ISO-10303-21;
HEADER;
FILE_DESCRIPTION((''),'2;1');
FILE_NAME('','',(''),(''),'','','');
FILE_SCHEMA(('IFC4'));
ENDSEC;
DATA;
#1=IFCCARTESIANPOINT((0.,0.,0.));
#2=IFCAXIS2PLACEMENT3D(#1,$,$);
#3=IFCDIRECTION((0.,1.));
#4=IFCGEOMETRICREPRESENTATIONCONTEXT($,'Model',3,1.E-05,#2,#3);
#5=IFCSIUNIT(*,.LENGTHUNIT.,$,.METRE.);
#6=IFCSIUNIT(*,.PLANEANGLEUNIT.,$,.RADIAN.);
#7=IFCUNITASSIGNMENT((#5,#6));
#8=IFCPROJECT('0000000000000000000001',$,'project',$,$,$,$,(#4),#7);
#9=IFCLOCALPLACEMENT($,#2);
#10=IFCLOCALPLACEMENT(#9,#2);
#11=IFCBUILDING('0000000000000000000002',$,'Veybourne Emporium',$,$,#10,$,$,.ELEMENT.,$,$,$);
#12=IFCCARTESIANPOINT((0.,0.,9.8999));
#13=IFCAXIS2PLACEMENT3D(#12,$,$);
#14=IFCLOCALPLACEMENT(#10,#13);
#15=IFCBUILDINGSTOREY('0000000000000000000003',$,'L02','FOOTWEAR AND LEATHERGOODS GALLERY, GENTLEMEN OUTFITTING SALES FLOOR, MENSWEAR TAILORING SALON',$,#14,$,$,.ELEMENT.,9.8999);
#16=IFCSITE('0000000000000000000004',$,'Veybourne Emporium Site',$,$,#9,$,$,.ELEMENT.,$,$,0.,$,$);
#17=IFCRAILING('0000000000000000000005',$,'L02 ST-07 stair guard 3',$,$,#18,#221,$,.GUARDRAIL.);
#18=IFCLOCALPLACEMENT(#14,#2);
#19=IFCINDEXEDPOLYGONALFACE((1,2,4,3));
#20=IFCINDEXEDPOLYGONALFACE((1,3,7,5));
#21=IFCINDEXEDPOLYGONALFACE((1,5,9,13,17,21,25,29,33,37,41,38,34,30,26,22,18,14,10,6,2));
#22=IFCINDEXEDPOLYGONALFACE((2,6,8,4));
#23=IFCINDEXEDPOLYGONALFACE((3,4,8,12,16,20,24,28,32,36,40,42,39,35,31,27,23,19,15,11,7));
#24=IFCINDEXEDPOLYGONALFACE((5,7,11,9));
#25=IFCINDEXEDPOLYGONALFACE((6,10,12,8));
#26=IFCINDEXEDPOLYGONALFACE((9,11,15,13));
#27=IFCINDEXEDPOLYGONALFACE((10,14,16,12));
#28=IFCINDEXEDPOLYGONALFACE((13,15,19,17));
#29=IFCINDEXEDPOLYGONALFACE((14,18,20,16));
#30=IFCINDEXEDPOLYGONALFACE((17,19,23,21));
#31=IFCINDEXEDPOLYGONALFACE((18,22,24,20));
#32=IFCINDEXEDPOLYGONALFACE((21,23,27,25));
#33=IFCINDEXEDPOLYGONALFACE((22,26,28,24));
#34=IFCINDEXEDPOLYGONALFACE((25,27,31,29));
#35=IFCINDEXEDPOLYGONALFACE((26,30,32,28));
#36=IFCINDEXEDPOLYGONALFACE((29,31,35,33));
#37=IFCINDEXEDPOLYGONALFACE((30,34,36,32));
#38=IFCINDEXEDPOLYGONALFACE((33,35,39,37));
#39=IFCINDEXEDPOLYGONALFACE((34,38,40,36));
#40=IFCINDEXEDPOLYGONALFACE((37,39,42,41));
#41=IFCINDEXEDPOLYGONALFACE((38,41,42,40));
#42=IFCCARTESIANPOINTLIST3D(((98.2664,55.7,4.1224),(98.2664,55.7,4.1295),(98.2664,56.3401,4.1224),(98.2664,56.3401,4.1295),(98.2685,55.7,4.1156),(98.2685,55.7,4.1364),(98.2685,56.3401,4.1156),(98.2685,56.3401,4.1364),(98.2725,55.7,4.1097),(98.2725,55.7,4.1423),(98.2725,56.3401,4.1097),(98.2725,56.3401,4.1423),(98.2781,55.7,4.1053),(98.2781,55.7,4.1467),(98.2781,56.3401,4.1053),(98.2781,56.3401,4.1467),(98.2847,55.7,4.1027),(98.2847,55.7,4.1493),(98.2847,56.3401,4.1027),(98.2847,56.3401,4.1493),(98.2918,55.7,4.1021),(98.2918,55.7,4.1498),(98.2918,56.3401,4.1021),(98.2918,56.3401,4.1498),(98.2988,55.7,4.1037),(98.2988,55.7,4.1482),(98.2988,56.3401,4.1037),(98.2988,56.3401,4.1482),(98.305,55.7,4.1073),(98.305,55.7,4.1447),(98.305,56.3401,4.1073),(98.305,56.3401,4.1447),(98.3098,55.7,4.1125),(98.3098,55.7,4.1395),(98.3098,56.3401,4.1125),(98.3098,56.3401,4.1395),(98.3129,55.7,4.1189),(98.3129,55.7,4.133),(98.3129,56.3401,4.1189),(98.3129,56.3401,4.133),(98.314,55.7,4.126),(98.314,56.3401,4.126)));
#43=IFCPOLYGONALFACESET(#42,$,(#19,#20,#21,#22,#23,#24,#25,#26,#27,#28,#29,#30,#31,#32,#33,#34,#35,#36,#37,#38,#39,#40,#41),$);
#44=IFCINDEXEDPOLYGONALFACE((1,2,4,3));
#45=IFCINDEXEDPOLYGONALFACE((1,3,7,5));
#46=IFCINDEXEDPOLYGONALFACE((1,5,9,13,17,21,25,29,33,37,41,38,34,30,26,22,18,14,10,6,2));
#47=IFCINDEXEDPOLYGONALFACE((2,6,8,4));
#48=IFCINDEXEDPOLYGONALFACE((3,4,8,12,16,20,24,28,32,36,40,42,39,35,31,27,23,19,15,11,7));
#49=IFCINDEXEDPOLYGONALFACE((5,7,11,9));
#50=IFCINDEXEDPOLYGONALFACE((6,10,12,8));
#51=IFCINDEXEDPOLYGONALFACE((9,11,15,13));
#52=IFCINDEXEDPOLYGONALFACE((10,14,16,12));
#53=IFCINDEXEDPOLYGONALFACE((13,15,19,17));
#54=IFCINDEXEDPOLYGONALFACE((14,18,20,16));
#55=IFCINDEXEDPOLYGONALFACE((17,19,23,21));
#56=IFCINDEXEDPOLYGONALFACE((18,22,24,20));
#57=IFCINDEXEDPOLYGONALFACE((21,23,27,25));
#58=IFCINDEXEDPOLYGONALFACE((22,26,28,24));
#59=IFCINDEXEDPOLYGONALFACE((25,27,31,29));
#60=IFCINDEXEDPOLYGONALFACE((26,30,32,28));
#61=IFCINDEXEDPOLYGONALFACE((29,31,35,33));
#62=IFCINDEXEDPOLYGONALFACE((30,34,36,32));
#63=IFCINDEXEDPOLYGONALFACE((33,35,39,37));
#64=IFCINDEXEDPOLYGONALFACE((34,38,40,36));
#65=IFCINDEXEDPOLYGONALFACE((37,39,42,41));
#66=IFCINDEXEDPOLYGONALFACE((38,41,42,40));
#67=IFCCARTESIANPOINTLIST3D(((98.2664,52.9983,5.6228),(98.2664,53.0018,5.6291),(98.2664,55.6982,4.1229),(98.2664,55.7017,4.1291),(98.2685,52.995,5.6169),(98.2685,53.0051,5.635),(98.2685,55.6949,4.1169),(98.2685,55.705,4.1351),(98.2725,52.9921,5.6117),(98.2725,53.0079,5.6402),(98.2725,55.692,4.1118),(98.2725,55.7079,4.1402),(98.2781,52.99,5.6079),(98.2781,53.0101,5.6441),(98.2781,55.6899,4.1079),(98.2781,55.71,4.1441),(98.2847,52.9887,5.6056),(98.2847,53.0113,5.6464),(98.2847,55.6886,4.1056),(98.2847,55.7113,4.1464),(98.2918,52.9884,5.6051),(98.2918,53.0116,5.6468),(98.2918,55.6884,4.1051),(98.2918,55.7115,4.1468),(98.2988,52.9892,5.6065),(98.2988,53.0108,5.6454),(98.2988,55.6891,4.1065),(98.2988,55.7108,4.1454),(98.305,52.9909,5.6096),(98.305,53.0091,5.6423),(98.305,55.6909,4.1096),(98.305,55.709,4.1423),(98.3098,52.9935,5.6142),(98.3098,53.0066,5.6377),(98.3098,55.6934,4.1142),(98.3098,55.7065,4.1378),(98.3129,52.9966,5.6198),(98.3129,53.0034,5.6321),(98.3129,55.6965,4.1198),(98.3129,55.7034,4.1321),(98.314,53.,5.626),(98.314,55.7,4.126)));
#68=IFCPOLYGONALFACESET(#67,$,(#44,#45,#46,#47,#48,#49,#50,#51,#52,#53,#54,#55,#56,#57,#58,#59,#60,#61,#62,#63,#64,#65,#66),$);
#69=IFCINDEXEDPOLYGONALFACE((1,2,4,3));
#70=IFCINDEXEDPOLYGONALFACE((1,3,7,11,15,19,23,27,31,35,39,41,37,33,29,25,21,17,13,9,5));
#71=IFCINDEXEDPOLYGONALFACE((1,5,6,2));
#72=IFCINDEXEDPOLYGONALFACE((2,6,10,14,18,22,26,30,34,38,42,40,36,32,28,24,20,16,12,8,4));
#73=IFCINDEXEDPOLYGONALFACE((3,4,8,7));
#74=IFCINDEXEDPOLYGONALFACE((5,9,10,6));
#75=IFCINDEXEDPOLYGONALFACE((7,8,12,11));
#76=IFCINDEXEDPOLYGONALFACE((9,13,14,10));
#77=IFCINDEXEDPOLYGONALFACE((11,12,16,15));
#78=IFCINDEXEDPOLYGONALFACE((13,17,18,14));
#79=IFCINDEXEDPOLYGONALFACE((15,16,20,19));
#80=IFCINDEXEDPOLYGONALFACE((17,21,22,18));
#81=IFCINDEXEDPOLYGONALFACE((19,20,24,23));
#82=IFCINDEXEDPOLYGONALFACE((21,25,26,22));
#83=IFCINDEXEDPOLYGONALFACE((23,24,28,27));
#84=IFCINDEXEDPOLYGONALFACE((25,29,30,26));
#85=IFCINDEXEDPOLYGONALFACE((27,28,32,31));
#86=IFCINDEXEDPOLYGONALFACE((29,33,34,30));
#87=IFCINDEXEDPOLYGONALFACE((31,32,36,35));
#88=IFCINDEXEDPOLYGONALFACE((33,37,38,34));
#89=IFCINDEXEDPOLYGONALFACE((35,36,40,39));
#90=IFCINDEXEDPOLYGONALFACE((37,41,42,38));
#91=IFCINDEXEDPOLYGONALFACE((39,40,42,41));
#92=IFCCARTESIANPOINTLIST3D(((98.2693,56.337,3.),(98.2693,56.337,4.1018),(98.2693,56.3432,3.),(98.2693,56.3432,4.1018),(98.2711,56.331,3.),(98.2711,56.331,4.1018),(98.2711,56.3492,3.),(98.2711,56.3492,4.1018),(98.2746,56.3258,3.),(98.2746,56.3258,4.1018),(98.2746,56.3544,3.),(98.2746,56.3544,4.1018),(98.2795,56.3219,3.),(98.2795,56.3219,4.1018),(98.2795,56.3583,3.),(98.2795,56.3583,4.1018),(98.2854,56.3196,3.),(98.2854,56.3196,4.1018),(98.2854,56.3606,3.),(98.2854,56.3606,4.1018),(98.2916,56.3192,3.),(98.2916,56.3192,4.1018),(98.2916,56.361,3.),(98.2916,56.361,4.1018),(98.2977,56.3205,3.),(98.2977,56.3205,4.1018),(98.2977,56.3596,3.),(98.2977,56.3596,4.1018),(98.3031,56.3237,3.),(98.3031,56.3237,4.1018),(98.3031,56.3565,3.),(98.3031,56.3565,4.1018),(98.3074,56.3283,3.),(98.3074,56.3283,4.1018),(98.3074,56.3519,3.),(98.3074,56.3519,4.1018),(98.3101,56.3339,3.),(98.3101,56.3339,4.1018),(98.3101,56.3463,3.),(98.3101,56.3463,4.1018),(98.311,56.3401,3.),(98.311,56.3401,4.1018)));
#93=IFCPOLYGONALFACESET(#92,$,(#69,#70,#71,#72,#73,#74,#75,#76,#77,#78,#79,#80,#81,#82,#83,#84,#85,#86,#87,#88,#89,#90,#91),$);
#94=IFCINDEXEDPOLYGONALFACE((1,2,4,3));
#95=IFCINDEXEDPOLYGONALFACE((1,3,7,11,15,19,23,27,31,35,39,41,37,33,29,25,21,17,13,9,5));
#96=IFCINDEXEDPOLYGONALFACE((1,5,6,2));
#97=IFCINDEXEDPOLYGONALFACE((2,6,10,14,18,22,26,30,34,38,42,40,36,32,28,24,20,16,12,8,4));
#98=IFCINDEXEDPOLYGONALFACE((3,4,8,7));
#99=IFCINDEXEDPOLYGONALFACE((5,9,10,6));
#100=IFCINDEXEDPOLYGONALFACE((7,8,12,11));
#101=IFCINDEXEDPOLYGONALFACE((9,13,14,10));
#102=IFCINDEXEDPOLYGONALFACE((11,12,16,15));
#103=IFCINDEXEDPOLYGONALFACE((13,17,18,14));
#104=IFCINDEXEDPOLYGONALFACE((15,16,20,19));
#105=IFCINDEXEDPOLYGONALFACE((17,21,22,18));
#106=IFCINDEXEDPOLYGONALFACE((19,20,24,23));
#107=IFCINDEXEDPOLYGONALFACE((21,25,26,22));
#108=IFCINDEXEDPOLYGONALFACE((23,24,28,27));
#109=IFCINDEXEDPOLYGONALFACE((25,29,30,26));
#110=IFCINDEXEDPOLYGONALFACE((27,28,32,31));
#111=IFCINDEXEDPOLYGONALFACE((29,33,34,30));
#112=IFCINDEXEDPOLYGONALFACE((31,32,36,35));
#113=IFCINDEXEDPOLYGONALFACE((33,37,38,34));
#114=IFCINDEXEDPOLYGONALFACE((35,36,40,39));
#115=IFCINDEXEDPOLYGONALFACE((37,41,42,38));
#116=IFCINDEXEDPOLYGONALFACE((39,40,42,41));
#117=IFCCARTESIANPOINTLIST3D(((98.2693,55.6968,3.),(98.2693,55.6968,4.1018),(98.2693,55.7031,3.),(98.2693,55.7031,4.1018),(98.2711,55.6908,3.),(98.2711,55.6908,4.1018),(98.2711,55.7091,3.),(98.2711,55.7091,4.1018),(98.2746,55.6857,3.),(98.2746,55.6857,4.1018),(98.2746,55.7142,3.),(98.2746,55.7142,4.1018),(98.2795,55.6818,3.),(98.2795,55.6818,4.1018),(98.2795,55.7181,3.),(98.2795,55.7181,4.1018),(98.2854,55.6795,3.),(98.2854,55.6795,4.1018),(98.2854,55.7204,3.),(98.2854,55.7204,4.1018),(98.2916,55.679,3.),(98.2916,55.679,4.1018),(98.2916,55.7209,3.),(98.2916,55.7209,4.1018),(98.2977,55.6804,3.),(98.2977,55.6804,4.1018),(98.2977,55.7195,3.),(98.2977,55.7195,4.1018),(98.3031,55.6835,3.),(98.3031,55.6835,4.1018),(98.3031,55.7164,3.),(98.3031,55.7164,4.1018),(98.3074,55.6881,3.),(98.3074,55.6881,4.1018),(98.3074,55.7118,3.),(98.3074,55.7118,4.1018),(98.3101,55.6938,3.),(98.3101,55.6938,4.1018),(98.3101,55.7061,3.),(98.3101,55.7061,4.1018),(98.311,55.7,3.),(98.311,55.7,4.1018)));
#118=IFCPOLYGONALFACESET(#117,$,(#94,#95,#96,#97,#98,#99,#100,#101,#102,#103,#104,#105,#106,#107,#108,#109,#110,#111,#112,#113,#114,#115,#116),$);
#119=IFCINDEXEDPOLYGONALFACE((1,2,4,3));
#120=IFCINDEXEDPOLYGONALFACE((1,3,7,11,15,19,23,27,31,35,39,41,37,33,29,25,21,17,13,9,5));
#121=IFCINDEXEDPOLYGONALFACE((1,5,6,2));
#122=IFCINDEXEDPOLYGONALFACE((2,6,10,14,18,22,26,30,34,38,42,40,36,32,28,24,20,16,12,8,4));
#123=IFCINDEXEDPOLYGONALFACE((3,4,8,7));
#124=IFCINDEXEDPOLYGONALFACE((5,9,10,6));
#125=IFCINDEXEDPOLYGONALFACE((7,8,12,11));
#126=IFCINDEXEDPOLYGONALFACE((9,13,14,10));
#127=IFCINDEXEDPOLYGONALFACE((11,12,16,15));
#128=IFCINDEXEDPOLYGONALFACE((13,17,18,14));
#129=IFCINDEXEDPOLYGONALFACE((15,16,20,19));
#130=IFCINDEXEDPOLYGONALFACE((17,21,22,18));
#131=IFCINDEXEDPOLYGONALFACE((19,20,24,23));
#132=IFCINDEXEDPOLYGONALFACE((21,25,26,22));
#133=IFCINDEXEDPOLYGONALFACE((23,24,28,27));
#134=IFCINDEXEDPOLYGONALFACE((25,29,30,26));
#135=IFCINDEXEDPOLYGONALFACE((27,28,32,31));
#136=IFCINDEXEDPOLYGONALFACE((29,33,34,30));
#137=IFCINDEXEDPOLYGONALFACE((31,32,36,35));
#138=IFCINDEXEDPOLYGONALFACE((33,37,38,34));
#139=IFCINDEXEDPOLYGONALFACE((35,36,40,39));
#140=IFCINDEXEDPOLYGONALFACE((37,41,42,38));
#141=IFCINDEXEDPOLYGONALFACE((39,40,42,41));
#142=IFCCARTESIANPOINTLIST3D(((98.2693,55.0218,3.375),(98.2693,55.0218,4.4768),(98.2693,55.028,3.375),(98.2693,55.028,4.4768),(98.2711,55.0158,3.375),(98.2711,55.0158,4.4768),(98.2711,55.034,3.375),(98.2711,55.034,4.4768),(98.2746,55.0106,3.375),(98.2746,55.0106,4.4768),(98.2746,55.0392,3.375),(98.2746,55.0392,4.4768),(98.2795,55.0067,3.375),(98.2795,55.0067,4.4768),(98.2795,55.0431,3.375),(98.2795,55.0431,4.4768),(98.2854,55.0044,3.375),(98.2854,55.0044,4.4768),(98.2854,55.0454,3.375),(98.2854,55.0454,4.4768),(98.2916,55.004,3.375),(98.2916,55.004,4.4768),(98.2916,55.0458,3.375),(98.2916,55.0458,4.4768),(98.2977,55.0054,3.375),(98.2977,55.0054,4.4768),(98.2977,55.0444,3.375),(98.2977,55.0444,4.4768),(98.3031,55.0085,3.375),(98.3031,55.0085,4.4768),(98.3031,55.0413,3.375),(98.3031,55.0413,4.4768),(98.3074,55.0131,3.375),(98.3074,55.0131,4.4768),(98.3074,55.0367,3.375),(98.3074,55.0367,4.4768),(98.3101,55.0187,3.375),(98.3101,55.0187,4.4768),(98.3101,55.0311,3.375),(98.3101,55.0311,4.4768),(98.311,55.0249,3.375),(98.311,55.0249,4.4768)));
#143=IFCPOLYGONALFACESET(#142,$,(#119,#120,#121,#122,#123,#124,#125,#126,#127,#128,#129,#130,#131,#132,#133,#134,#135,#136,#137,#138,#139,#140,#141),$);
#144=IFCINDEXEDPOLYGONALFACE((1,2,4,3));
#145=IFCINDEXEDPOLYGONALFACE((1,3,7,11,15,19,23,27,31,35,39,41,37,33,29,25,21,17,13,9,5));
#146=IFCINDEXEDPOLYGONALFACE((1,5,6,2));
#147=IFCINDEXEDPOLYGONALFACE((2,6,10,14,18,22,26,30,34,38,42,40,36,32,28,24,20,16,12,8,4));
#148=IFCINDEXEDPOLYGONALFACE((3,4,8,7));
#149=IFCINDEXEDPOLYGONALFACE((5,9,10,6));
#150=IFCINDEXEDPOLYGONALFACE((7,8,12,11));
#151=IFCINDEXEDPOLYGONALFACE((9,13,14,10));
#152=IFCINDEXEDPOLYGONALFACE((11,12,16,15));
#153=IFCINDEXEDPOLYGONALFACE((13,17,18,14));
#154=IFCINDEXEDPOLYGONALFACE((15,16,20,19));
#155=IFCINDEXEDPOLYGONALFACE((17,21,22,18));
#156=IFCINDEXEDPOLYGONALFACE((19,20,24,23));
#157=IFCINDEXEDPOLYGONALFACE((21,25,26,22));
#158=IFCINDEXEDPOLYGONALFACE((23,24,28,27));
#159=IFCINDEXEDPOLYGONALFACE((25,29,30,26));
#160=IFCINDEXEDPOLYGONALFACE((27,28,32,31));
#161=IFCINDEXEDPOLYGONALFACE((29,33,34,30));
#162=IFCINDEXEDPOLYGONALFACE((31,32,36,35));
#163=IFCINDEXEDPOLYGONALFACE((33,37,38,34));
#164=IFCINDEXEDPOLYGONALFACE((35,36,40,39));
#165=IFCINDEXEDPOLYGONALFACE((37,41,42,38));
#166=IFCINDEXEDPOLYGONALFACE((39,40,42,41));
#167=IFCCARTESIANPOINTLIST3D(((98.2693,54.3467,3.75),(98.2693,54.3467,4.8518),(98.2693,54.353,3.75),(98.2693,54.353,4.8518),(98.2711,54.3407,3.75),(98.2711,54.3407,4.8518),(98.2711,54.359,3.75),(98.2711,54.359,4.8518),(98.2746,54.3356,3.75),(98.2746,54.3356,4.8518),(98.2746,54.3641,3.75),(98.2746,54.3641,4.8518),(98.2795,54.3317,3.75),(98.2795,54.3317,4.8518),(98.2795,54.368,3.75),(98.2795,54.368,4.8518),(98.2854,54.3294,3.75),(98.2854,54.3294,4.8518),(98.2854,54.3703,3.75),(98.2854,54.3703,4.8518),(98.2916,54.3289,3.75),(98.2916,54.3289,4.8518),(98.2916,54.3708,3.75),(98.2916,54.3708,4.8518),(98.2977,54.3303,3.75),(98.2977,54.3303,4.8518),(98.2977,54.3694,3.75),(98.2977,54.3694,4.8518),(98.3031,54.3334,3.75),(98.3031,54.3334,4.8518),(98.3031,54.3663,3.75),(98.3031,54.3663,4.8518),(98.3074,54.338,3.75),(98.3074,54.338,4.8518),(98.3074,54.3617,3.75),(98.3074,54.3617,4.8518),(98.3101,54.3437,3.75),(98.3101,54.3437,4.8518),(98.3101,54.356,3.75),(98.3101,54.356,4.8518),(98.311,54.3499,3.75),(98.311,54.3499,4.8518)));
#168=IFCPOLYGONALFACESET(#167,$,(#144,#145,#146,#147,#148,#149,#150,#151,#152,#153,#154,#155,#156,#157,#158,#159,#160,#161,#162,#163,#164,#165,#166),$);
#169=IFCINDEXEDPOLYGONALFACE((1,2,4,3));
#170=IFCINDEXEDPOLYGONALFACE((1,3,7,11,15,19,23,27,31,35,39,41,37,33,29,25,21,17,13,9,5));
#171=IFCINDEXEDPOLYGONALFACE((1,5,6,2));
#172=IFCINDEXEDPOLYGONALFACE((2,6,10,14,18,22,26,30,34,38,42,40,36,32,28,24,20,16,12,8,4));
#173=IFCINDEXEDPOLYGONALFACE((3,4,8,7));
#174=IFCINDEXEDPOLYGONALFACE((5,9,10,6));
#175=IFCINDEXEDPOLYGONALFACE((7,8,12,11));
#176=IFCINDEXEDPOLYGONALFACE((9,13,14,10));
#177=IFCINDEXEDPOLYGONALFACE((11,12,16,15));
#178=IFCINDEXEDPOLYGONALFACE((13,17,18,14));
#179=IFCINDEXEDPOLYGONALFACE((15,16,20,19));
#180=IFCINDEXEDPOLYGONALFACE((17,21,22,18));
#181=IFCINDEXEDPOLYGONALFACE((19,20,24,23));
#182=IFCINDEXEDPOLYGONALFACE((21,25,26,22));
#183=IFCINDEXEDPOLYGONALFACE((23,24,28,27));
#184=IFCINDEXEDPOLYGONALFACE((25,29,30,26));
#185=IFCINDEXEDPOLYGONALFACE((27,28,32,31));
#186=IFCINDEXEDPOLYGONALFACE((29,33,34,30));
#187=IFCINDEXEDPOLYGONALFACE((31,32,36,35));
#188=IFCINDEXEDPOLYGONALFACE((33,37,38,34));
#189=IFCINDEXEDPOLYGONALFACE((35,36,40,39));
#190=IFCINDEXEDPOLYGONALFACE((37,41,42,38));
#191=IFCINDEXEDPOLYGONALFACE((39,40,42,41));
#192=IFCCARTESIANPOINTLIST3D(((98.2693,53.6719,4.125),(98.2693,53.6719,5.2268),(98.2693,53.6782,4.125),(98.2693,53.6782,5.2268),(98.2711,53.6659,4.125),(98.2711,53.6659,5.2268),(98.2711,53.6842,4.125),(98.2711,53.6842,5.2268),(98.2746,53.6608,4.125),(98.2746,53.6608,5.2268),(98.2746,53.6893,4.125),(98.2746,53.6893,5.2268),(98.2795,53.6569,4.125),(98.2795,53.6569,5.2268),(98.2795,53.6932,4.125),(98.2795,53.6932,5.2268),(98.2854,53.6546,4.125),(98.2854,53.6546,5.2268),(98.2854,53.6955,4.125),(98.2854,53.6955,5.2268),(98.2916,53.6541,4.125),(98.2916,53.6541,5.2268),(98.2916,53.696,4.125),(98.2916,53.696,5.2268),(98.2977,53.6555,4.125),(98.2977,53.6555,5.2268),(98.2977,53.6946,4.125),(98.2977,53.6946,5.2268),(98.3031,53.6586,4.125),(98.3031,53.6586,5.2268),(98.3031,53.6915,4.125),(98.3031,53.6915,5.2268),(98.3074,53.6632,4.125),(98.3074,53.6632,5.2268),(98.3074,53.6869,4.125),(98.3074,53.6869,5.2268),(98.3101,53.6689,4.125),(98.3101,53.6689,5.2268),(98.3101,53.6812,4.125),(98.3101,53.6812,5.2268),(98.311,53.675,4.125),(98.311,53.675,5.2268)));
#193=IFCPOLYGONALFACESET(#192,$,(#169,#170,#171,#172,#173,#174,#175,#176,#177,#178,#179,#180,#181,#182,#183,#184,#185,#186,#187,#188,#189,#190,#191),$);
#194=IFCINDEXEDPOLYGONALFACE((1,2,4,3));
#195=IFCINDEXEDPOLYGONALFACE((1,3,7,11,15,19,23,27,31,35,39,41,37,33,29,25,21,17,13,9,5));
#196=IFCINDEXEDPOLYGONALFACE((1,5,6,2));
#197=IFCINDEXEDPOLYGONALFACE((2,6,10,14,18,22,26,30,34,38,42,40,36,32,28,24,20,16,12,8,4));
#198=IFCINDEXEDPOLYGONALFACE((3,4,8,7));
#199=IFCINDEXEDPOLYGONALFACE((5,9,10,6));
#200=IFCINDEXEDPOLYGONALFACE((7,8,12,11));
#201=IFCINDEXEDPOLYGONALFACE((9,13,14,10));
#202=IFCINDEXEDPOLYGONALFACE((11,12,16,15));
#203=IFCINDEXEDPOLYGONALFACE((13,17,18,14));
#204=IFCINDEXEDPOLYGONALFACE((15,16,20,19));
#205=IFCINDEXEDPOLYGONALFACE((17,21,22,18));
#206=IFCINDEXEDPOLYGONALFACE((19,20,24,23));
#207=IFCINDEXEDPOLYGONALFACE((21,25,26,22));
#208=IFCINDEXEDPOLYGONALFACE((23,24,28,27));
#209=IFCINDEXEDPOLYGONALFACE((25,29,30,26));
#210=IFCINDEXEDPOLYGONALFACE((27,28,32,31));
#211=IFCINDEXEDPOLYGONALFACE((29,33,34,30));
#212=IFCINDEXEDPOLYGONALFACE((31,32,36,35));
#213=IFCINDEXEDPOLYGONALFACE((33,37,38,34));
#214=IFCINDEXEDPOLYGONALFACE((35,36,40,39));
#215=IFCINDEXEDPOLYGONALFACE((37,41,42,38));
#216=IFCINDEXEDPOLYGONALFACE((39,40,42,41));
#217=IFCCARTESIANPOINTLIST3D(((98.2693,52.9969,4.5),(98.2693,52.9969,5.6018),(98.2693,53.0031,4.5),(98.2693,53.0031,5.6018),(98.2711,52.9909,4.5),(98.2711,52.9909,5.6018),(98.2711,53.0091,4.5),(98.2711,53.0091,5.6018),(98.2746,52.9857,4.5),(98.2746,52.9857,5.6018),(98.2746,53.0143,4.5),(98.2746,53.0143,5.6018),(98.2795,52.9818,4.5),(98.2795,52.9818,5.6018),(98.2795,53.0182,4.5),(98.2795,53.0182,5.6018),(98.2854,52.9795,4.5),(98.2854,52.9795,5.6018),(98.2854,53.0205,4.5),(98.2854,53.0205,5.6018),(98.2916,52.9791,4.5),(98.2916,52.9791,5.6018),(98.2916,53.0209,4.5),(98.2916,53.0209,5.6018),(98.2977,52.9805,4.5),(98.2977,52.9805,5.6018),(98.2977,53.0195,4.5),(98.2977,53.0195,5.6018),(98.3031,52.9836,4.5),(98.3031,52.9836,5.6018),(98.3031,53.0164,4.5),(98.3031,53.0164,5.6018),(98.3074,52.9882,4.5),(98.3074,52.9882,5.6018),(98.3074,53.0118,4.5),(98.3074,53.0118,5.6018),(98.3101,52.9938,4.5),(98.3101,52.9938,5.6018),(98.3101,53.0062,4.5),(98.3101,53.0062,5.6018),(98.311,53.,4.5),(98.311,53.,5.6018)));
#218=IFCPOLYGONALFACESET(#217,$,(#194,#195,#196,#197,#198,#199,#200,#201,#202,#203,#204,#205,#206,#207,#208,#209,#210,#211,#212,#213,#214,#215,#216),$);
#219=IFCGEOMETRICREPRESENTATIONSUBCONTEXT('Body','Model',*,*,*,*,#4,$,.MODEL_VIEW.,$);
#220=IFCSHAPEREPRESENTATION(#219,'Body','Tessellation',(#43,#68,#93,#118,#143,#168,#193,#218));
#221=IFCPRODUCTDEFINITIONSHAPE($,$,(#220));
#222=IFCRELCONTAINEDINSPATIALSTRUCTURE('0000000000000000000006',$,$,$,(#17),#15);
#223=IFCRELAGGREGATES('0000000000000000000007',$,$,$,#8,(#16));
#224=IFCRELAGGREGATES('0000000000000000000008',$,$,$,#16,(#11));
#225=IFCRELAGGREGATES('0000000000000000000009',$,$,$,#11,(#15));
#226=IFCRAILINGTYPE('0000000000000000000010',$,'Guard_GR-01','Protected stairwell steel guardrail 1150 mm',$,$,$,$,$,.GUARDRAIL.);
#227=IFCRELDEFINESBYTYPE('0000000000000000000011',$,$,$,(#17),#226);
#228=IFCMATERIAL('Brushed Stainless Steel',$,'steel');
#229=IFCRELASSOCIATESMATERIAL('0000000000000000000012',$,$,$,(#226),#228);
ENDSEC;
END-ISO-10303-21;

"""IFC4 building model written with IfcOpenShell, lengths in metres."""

from ifc_helpers import new_model, si_unit, direction, frame, origin, origin_2d, place, context, subcontext, project, spatial, circle, extrude, material, type_object, element, save


model = new_model("IFC4")

# Units and contexts
model_context = context("Model", 3, precision=1e-05, world=origin(), true_north=direction((0.0, 1.0)))
body_context = subcontext(model_context, "Body", "Model", "MODEL_VIEW")
ifc_project = project(units=[si_unit("LENGTHUNIT", "METRE"), si_unit("PLANEANGLEUNIT", "RADIAN")], contexts=[model_context])

# Site, building, storey
site_placement = place(None, origin())
site = spatial("IfcSite", under=ifc_project, at=site_placement, Name="Veybourne Emporium Site", CompositionType="ELEMENT", RefElevation=0.0)
building_placement = place(site_placement, origin())
building = spatial("IfcBuilding", under=site, at=building_placement, Name="Veybourne Emporium", CompositionType="ELEMENT")
storey_placement = place(building_placement, frame((0.0, 0.0, 9.8999)))
storey = spatial("IfcBuildingStorey", under=building, at=storey_placement, Name="L02", Description="FOOTWEAR AND LEATHERGOODS GALLERY, GENTLEMEN OUTFITTING SALES FLOOR, MENSWEAR TAILORING SALON", CompositionType="ELEMENT", Elevation=9.8999)

# Railing
ifc_material_1 = material(Name="Brushed Stainless Steel", Category="steel")
railing_type_1 = type_object("IfcRailingType", Name="Guard_GR-01", Description="Protected stairwell steel guardrail 1150 mm", PredefinedType="GUARDRAIL", material=ifc_material_1)
railing_1_placement = place(storey_placement, frame((98.29, 56.3401, 3.0)))
element("IfcRailing", 1, at=railing_1_placement, inside=storey, type_object=railing_type_1, Name="L02 ST-07 stair guard 3", PredefinedType="GUARDRAIL", context=body_context, shape_type="SweptSolid", body=[
    extrude(circle(Radius=0.0239, at=origin_2d()), frame((0.0, 0.0, 1.126), z_axis=(0.0, -1.0, 0.0), x_axis=(1.0, 0.0, 0.0)), (0.0, 0.0, 1.0), 0.6401),
    extrude(circle(Radius=0.0239, at=origin_2d()), frame((0.0, -0.6401, 1.126), z_axis=(0.0, -0.874154, 0.48565), x_axis=(1.0, 0.0, 0.0)), (0.0, 0.0, 1.0), 3.0886),
    extrude(circle(Radius=0.021, at=origin_2d()), origin(), (0.0, 0.0, 1.0), 1.1018),
    extrude(circle(Radius=0.021, at=origin_2d()), frame((0.0, -0.6401, 0.0)), (0.0, 0.0, 1.0), 1.1018),
    extrude(circle(Radius=0.021, at=origin_2d()), frame((0.0, -1.3152, 0.375)), (0.0, 0.0, 1.0), 1.1018),
    extrude(circle(Radius=0.021, at=origin_2d()), frame((0.0, -1.9902, 0.75)), (0.0, 0.0, 1.0), 1.1018),
    extrude(circle(Radius=0.021, at=origin_2d()), frame((0.0, -2.665, 1.125)), (0.0, 0.0, 1.0), 1.1018),
    extrude(circle(Radius=0.021, at=origin_2d()), frame((0.0, -3.3401, 1.5)), (0.0, 0.0, 1.0), 1.1018),
])

save(model, "model.ifc")
